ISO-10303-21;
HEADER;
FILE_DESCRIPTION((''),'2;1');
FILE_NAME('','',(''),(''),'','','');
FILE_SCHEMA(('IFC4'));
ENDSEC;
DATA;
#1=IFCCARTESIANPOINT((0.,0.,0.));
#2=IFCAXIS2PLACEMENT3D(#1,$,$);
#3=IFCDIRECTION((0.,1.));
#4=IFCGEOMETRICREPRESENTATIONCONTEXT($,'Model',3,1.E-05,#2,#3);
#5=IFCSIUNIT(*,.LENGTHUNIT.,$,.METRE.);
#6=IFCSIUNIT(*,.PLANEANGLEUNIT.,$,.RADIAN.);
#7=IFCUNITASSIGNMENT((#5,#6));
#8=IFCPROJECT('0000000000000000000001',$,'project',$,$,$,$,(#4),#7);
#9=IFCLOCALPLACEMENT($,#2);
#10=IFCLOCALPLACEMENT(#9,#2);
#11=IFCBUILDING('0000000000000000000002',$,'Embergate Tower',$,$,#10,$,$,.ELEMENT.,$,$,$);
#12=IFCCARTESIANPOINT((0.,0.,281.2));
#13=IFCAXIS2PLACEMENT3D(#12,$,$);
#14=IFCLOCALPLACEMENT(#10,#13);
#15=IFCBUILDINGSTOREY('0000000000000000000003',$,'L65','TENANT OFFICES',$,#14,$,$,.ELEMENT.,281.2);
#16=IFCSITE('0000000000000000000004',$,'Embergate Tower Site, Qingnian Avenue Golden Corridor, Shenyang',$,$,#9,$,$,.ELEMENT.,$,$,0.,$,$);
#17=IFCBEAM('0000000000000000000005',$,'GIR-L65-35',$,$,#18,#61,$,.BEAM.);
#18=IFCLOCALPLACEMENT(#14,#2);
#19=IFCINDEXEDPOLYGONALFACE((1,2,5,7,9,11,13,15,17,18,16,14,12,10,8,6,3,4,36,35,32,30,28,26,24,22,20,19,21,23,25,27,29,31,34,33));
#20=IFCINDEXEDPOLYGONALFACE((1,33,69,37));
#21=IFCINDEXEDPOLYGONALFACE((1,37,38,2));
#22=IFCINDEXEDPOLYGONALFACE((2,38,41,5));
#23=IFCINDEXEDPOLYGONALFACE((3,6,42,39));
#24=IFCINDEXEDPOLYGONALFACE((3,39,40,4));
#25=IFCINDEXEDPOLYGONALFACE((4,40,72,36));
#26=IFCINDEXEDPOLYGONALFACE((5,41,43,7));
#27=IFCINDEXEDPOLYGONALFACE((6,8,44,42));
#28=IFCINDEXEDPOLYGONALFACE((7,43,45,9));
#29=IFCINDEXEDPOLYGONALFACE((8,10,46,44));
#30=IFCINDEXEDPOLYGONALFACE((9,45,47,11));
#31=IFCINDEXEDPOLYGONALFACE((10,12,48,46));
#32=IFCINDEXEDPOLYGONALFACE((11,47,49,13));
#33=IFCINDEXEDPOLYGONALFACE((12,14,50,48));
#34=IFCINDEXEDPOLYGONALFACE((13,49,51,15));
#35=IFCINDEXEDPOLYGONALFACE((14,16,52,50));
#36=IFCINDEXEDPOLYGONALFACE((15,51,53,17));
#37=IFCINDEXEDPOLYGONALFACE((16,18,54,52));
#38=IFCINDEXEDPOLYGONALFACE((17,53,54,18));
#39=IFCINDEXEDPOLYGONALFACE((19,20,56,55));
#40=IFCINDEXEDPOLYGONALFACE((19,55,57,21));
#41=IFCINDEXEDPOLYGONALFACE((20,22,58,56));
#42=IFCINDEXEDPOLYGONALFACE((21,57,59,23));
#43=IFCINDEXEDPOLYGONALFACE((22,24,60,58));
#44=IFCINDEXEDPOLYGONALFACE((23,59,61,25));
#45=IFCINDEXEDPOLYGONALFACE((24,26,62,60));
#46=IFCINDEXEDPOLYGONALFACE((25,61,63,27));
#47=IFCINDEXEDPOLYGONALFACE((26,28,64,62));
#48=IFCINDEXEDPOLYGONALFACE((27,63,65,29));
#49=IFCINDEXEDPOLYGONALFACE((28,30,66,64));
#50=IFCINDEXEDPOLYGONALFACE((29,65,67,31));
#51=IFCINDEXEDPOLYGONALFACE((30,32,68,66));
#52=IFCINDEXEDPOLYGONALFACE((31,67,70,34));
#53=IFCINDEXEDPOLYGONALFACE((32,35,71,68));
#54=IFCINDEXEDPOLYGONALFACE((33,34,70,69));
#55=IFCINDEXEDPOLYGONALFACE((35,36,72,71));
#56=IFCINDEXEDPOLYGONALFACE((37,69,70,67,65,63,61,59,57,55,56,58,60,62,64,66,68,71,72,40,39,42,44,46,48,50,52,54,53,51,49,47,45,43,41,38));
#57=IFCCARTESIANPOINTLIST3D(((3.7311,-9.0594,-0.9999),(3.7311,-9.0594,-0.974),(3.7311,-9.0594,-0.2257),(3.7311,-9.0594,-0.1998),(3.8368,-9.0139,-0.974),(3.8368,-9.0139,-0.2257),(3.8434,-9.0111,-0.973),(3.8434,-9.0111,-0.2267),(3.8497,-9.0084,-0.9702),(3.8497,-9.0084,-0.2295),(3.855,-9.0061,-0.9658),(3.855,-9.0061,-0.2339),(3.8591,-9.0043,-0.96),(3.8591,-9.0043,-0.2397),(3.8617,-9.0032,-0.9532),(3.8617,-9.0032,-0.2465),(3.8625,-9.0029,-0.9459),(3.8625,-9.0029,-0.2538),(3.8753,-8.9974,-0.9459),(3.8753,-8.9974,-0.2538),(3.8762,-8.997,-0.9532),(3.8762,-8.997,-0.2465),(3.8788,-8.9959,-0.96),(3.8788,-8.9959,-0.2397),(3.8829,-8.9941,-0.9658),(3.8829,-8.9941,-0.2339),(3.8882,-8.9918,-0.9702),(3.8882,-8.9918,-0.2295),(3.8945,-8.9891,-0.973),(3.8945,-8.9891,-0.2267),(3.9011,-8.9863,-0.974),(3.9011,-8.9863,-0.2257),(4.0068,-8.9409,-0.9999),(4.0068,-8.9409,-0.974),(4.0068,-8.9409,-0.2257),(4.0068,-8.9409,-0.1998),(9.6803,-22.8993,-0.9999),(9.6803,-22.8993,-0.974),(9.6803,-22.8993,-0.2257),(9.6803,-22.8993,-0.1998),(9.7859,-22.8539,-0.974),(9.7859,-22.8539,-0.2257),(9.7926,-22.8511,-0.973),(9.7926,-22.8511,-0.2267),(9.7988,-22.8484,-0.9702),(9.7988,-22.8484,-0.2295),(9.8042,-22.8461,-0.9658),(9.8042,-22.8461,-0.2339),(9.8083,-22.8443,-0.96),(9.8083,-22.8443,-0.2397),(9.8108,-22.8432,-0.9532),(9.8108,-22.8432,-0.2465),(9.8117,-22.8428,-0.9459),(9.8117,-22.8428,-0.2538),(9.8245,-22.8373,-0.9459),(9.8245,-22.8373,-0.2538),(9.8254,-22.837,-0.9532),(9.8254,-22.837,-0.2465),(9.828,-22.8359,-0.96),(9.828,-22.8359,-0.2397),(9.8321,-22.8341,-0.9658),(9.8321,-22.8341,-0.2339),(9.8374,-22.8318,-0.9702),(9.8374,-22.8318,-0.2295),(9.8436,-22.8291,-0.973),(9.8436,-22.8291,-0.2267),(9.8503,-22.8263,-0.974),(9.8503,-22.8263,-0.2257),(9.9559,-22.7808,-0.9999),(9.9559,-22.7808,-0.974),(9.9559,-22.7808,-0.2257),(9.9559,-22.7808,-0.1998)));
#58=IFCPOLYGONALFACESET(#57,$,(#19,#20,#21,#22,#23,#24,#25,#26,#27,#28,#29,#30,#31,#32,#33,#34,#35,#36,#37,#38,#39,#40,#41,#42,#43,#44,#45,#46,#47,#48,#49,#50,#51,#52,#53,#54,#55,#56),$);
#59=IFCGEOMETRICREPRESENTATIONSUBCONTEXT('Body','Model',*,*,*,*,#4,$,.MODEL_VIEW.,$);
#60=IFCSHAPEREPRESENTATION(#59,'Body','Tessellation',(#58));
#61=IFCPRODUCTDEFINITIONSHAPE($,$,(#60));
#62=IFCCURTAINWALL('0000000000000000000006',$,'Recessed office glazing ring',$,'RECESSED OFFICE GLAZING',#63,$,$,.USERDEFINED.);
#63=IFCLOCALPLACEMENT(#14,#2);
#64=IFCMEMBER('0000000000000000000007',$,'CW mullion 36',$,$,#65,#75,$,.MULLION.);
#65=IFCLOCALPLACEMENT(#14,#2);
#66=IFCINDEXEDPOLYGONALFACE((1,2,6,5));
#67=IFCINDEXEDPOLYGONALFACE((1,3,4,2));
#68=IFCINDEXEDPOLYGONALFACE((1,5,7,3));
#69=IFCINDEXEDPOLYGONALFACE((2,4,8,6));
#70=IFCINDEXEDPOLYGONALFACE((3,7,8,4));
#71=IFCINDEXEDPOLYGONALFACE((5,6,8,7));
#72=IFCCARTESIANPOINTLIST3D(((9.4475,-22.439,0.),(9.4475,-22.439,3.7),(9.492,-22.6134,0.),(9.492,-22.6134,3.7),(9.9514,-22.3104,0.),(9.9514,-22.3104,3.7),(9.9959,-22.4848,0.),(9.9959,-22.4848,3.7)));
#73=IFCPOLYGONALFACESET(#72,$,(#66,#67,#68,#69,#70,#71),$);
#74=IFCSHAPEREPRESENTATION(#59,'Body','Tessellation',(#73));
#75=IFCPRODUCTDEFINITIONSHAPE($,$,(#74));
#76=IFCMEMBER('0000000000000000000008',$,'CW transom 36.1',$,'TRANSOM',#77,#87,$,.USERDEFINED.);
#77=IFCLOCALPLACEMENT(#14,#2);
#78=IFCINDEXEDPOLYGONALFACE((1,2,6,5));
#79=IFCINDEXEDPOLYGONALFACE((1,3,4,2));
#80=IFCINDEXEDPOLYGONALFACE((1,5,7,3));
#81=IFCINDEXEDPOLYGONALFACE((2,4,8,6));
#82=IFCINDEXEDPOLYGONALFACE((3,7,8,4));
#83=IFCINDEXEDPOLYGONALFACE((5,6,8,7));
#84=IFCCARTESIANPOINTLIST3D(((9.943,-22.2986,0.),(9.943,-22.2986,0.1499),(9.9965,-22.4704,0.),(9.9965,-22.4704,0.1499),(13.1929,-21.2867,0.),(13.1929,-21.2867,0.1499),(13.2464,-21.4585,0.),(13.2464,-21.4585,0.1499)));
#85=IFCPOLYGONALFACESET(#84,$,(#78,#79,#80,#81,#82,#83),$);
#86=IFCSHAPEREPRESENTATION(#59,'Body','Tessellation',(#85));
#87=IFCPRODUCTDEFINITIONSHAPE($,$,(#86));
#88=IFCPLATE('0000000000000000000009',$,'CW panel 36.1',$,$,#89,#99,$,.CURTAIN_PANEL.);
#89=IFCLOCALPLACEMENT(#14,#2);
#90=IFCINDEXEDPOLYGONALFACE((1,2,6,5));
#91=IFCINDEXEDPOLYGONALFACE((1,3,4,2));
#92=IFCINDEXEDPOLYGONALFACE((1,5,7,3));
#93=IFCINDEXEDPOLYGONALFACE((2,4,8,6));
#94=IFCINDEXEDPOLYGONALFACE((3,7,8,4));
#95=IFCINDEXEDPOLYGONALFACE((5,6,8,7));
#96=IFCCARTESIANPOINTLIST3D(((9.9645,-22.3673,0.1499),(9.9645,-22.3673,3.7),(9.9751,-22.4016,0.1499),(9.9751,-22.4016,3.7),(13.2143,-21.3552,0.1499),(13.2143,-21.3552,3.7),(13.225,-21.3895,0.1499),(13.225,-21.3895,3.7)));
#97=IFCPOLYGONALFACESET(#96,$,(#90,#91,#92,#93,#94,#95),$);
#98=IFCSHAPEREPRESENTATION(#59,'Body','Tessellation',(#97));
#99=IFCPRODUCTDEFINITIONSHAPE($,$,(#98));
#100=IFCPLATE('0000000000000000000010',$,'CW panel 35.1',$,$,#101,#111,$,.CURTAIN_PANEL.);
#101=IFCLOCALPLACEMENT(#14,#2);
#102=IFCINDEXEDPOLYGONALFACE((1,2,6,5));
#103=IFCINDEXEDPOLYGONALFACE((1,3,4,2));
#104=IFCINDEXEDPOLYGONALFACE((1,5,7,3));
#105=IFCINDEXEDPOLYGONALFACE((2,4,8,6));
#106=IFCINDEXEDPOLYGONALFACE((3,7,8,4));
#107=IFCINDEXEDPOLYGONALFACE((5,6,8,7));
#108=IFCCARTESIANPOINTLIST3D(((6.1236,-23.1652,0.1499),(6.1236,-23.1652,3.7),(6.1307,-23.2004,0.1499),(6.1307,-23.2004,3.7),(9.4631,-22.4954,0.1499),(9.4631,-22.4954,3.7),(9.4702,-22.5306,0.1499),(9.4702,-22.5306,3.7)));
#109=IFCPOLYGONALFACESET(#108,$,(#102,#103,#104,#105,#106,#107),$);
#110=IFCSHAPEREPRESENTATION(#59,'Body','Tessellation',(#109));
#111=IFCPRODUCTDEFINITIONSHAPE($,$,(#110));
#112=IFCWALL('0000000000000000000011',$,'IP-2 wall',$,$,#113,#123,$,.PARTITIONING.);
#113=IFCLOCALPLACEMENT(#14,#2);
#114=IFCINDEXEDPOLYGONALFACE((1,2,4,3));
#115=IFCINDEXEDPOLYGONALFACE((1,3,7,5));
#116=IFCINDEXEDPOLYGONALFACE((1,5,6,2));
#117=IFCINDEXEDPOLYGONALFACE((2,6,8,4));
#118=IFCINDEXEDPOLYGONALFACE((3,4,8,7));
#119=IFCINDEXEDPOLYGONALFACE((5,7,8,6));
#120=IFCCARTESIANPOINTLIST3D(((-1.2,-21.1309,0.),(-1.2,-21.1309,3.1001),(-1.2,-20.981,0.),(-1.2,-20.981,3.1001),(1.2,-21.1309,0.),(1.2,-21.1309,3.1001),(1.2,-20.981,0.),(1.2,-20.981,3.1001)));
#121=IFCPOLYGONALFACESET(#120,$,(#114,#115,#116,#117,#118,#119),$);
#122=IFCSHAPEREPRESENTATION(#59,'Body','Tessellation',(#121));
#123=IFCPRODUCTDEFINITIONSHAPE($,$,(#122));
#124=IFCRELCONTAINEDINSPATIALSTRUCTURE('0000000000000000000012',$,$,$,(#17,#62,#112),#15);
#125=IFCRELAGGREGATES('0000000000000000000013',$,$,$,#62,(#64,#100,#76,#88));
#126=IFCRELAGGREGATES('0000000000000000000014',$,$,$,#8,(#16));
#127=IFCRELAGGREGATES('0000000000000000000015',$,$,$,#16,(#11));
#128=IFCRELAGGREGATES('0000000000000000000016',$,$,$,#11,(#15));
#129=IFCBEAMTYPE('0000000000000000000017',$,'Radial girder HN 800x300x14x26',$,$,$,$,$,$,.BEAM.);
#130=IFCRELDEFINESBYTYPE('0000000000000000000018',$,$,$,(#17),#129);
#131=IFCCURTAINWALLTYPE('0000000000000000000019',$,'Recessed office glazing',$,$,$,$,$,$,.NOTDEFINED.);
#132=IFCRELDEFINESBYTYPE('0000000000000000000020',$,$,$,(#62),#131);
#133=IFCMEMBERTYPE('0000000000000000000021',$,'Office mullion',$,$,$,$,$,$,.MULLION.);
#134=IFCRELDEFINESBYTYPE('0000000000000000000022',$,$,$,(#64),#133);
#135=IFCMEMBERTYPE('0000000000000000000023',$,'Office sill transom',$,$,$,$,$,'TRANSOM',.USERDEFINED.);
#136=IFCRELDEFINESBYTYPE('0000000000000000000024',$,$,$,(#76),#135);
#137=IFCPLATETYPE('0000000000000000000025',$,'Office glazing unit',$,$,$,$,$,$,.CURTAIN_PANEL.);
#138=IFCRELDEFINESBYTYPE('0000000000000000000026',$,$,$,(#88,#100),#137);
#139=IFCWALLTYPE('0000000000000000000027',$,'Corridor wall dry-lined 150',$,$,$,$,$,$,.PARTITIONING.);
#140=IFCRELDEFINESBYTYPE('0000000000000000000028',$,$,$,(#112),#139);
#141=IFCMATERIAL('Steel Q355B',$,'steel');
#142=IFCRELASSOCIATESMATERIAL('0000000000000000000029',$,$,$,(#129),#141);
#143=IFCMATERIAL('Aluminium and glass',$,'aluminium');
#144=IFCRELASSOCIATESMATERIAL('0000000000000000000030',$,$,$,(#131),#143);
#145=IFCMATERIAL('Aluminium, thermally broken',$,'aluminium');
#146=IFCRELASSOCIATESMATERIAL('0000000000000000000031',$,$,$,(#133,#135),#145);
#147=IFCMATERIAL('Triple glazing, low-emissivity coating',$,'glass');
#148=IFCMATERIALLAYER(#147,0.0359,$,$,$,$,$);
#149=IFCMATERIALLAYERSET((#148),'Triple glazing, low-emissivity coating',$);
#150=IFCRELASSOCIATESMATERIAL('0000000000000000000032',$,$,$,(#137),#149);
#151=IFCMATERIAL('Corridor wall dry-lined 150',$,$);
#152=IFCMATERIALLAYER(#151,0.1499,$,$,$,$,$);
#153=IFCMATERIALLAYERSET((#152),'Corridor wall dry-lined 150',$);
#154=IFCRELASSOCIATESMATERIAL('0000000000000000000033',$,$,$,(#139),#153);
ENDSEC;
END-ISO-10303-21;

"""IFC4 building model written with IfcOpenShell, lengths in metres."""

from ifc_helpers import new_model, si_unit, direction, frame, frame_2d, origin, origin_2d, place, context, subcontext, project, spatial, rectangle, i_section, extrude, source, transform, mapped, material, layer, layer_set, material_profile, profile_set, type_object, element, aggregate, save


model = new_model("IFC4")

# Units and contexts
model_context = context("Model", 3, precision=1e-05, world=origin(), true_north=direction((0.0, 1.0)))
body_context = subcontext(model_context, "Body", "Model", "MODEL_VIEW")
ifc_project = project(units=[si_unit("LENGTHUNIT", "METRE"), si_unit("PLANEANGLEUNIT", "RADIAN")], contexts=[model_context])

# Site, building, storey
site_placement = place(None, origin())
site = spatial("IfcSite", under=ifc_project, at=site_placement, Name="Embergate Tower Site, Qingnian Avenue Golden Corridor, Shenyang", CompositionType="ELEMENT", RefElevation=0.0)
building_placement = place(site_placement, origin())
building = spatial("IfcBuilding", under=site, at=building_placement, Name="Embergate Tower", CompositionType="ELEMENT")
storey_placement = place(building_placement, frame((0.0, 0.0, 281.2)))
storey = spatial("IfcBuildingStorey", under=building, at=storey_placement, Name="L65", Description="TENANT OFFICES", CompositionType="ELEMENT", Elevation=281.2)

# Beam
ifc_material_1 = material(Name="Steel Q355B", Category="steel")
ifc_material_profile_1 = material_profile(ifc_material_1, i_section(OverallWidth=0.3, OverallDepth=0.8, WebThickness=0.0139, FlangeThickness=0.0259, FilletRadius=0.0281, at=origin_2d()), Name="HN 800x300x14x26")
ifc_profile_set_1 = profile_set([ifc_material_profile_1], Name="Steel Q355 grade B")
beam_type = type_object("IfcBeamType", Name="Radial girder HN 800x300x14x26", PredefinedType="BEAM", material=ifc_profile_set_1)
shared_shape_1 = source(origin(), body_context, "Body", "SweptSolid", [
    extrude(i_section(OverallWidth=0.3, OverallDepth=0.8, WebThickness=0.0139, FlangeThickness=0.0259, FilletRadius=0.0281, at=origin_2d()), origin(), (0.0, 0.0, 1.0), 15.0645),
])
beam_placement = place(storey_placement, frame((9.8181, -22.8401, -0.5999), z_axis=(-0.394915, 0.918718, 0.0), x_axis=(-0.918718, -0.394915, 0.0)))
element("IfcBeam", 1, at=beam_placement, inside=storey, type_object=beam_type, Name="GIR-L65-35", PredefinedType="BEAM", context=body_context, shape_type="MappedRepresentation", body=[
    mapped(shared_shape_1, transform((0.0, 0.0, 0.0))),
])

# Curtain wall, members, plates
ifc_material_2 = material(Name="Aluminium and glass", Category="aluminium")
curtain_wall_type = type_object("IfcCurtainWallType", Name="Recessed office glazing", PredefinedType="NOTDEFINED", material=ifc_material_2)
curtain_wall_placement = place(storey_placement, origin())
curtain_wall = element("IfcCurtainWall", 2, at=curtain_wall_placement, inside=storey, type_object=curtain_wall_type, Name="Recessed office glazing ring", ObjectType="RECESSED OFFICE GLAZING", PredefinedType="USERDEFINED")
ifc_material_3 = material(Name="Aluminium, thermally broken", Category="aluminium")
ifc_material_profile_2 = material_profile(ifc_material_3, rectangle(XDim=0.1799, YDim=0.52, at=origin_2d()), Name="AL 520x180")
ifc_profile_set_2 = profile_set([ifc_material_profile_2], Name="Aluminium, thermally broken")
member_type_1 = type_object("IfcMemberType", Name="Office mullion", PredefinedType="MULLION", material=ifc_profile_set_2)
shared_shape_2 = source(origin(), body_context, "Body", "SweptSolid", [
    extrude(rectangle(XDim=0.1799, YDim=0.52, at=origin_2d()), origin(), (0.0, 0.0, 1.0), 3.7),
])
member_1_placement = place(storey_placement, frame((9.7217, -22.4619, 0.0), z_axis=(0.0, 0.0, 1.0), x_axis=(-0.247308, 0.968937, 0.0)))
member_1 = element("IfcMember", 3, at=member_1_placement, type_object=member_type_1, Name="CW mullion 36", PredefinedType="MULLION", context=body_context, shape_type="MappedRepresentation", body=[
    mapped(shared_shape_2, transform((0.0, 0.0, 0.0))),
])
ifc_material_profile_3 = material_profile(ifc_material_3, rectangle(XDim=0.1799, YDim=0.1499, at=origin_2d()), Name="AL 150x180")
ifc_profile_set_3 = profile_set([ifc_material_profile_3], Name="Aluminium, thermally broken")
member_type_2 = type_object("IfcMemberType", Name="Office sill transom", ElementType="TRANSOM", PredefinedType="USERDEFINED", material=ifc_profile_set_3)
shared_shape_3 = source(origin(), body_context, "Body", "SweptSolid", [
    extrude(rectangle(XDim=0.1799, YDim=0.1499, at=origin_2d()), origin(), (0.0, 0.0, 1.0), 3.4038),
])
member_2_placement = place(storey_placement, frame((9.9697, -22.3845, 0.075), z_axis=(0.954786, 0.297295, 0.0), x_axis=(-0.297295, 0.954786, 0.0)))
member_2 = element("IfcMember", 4, at=member_2_placement, type_object=member_type_2, Name="CW transom 36.1", ObjectType="TRANSOM", PredefinedType="USERDEFINED", context=body_context, shape_type="MappedRepresentation", body=[
    mapped(shared_shape_3, transform((0.0, 0.0, 0.0))),
])
ifc_material_4 = material(Name="Triple glazing, low-emissivity coating", Category="glass")
ifc_layer_1 = layer(ifc_material_4, 0.0359)
ifc_layer_set_1 = layer_set([ifc_layer_1], Name="Triple glazing, low-emissivity coating")
plate_type = type_object("IfcPlateType", Name="Office glazing unit", PredefinedType="CURTAIN_PANEL", material=ifc_layer_set_1)
shared_shape_4 = source(origin(), body_context, "Body", "SweptSolid", [
    extrude(rectangle(XDim=3.4038, YDim=0.0359, at=origin_2d()), origin(), (0.0, 0.0, 1.0), 3.55),
])
plate_1_placement = place(storey_placement, frame((11.5947, -21.8784, 0.1499), z_axis=(0.0, 0.0, 1.0), x_axis=(0.954773, 0.297337, 0.0)))
plate_1 = element("IfcPlate", 5, at=plate_1_placement, type_object=plate_type, Name="CW panel 36.1", PredefinedType="CURTAIN_PANEL", context=body_context, shape_type="MappedRepresentation", body=[
    mapped(shared_shape_4, transform((0.0, 0.0, 0.0))),
])
shared_shape_5 = source(origin(), body_context, "Body", "SweptSolid", [
    extrude(rectangle(XDim=3.406, YDim=0.0359, at=origin_2d()), origin(), (0.0, 0.0, 1.0), 3.55),
])
plate_2_placement = place(storey_placement, frame((7.7969, -22.8479, 0.1499), z_axis=(0.0, 0.0, 1.0), x_axis=(0.980476, 0.196639, 0.0)))
plate_2 = element("IfcPlate", 6, at=plate_2_placement, type_object=plate_type, Name="CW panel 35.1", PredefinedType="CURTAIN_PANEL", context=body_context, shape_type="MappedRepresentation", body=[
    mapped(shared_shape_5, transform((0.0, 0.0, 0.0))),
])
aggregate(curtain_wall, [member_1, plate_2, member_2, plate_1])

# Wall
ifc_material_5 = material(Name="Corridor wall dry-lined 150")
ifc_layer_2 = layer(ifc_material_5, 0.1499)
ifc_layer_set_2 = layer_set([ifc_layer_2], Name="Corridor wall dry-lined 150")
wall_type_1 = type_object("IfcWallType", Name="Corridor wall dry-lined 150", PredefinedType="PARTITIONING", material=ifc_layer_set_2)
shared_shape_6 = source(origin(), body_context, "Body", "SweptSolid", [
    extrude(rectangle(XDim=2.3999, YDim=0.1499, at=frame_2d((1.2, 0.0))), origin(), (0.0, 0.0, 1.0), 3.1001),
])
wall_1_placement = place(storey_placement, frame((1.2, -21.0559, 0.0), z_axis=(0.0, 0.0, 1.0), x_axis=(-1.0, 0.0, 0.0)))
element("IfcWall", 7, at=wall_1_placement, inside=storey, type_object=wall_type_1, Name="IP-2 wall", PredefinedType="PARTITIONING", context=body_context, shape_type="MappedRepresentation", body=[
    mapped(shared_shape_6, transform((0.0, 0.0, 0.0))),
])

save(model, "model.ifc")
